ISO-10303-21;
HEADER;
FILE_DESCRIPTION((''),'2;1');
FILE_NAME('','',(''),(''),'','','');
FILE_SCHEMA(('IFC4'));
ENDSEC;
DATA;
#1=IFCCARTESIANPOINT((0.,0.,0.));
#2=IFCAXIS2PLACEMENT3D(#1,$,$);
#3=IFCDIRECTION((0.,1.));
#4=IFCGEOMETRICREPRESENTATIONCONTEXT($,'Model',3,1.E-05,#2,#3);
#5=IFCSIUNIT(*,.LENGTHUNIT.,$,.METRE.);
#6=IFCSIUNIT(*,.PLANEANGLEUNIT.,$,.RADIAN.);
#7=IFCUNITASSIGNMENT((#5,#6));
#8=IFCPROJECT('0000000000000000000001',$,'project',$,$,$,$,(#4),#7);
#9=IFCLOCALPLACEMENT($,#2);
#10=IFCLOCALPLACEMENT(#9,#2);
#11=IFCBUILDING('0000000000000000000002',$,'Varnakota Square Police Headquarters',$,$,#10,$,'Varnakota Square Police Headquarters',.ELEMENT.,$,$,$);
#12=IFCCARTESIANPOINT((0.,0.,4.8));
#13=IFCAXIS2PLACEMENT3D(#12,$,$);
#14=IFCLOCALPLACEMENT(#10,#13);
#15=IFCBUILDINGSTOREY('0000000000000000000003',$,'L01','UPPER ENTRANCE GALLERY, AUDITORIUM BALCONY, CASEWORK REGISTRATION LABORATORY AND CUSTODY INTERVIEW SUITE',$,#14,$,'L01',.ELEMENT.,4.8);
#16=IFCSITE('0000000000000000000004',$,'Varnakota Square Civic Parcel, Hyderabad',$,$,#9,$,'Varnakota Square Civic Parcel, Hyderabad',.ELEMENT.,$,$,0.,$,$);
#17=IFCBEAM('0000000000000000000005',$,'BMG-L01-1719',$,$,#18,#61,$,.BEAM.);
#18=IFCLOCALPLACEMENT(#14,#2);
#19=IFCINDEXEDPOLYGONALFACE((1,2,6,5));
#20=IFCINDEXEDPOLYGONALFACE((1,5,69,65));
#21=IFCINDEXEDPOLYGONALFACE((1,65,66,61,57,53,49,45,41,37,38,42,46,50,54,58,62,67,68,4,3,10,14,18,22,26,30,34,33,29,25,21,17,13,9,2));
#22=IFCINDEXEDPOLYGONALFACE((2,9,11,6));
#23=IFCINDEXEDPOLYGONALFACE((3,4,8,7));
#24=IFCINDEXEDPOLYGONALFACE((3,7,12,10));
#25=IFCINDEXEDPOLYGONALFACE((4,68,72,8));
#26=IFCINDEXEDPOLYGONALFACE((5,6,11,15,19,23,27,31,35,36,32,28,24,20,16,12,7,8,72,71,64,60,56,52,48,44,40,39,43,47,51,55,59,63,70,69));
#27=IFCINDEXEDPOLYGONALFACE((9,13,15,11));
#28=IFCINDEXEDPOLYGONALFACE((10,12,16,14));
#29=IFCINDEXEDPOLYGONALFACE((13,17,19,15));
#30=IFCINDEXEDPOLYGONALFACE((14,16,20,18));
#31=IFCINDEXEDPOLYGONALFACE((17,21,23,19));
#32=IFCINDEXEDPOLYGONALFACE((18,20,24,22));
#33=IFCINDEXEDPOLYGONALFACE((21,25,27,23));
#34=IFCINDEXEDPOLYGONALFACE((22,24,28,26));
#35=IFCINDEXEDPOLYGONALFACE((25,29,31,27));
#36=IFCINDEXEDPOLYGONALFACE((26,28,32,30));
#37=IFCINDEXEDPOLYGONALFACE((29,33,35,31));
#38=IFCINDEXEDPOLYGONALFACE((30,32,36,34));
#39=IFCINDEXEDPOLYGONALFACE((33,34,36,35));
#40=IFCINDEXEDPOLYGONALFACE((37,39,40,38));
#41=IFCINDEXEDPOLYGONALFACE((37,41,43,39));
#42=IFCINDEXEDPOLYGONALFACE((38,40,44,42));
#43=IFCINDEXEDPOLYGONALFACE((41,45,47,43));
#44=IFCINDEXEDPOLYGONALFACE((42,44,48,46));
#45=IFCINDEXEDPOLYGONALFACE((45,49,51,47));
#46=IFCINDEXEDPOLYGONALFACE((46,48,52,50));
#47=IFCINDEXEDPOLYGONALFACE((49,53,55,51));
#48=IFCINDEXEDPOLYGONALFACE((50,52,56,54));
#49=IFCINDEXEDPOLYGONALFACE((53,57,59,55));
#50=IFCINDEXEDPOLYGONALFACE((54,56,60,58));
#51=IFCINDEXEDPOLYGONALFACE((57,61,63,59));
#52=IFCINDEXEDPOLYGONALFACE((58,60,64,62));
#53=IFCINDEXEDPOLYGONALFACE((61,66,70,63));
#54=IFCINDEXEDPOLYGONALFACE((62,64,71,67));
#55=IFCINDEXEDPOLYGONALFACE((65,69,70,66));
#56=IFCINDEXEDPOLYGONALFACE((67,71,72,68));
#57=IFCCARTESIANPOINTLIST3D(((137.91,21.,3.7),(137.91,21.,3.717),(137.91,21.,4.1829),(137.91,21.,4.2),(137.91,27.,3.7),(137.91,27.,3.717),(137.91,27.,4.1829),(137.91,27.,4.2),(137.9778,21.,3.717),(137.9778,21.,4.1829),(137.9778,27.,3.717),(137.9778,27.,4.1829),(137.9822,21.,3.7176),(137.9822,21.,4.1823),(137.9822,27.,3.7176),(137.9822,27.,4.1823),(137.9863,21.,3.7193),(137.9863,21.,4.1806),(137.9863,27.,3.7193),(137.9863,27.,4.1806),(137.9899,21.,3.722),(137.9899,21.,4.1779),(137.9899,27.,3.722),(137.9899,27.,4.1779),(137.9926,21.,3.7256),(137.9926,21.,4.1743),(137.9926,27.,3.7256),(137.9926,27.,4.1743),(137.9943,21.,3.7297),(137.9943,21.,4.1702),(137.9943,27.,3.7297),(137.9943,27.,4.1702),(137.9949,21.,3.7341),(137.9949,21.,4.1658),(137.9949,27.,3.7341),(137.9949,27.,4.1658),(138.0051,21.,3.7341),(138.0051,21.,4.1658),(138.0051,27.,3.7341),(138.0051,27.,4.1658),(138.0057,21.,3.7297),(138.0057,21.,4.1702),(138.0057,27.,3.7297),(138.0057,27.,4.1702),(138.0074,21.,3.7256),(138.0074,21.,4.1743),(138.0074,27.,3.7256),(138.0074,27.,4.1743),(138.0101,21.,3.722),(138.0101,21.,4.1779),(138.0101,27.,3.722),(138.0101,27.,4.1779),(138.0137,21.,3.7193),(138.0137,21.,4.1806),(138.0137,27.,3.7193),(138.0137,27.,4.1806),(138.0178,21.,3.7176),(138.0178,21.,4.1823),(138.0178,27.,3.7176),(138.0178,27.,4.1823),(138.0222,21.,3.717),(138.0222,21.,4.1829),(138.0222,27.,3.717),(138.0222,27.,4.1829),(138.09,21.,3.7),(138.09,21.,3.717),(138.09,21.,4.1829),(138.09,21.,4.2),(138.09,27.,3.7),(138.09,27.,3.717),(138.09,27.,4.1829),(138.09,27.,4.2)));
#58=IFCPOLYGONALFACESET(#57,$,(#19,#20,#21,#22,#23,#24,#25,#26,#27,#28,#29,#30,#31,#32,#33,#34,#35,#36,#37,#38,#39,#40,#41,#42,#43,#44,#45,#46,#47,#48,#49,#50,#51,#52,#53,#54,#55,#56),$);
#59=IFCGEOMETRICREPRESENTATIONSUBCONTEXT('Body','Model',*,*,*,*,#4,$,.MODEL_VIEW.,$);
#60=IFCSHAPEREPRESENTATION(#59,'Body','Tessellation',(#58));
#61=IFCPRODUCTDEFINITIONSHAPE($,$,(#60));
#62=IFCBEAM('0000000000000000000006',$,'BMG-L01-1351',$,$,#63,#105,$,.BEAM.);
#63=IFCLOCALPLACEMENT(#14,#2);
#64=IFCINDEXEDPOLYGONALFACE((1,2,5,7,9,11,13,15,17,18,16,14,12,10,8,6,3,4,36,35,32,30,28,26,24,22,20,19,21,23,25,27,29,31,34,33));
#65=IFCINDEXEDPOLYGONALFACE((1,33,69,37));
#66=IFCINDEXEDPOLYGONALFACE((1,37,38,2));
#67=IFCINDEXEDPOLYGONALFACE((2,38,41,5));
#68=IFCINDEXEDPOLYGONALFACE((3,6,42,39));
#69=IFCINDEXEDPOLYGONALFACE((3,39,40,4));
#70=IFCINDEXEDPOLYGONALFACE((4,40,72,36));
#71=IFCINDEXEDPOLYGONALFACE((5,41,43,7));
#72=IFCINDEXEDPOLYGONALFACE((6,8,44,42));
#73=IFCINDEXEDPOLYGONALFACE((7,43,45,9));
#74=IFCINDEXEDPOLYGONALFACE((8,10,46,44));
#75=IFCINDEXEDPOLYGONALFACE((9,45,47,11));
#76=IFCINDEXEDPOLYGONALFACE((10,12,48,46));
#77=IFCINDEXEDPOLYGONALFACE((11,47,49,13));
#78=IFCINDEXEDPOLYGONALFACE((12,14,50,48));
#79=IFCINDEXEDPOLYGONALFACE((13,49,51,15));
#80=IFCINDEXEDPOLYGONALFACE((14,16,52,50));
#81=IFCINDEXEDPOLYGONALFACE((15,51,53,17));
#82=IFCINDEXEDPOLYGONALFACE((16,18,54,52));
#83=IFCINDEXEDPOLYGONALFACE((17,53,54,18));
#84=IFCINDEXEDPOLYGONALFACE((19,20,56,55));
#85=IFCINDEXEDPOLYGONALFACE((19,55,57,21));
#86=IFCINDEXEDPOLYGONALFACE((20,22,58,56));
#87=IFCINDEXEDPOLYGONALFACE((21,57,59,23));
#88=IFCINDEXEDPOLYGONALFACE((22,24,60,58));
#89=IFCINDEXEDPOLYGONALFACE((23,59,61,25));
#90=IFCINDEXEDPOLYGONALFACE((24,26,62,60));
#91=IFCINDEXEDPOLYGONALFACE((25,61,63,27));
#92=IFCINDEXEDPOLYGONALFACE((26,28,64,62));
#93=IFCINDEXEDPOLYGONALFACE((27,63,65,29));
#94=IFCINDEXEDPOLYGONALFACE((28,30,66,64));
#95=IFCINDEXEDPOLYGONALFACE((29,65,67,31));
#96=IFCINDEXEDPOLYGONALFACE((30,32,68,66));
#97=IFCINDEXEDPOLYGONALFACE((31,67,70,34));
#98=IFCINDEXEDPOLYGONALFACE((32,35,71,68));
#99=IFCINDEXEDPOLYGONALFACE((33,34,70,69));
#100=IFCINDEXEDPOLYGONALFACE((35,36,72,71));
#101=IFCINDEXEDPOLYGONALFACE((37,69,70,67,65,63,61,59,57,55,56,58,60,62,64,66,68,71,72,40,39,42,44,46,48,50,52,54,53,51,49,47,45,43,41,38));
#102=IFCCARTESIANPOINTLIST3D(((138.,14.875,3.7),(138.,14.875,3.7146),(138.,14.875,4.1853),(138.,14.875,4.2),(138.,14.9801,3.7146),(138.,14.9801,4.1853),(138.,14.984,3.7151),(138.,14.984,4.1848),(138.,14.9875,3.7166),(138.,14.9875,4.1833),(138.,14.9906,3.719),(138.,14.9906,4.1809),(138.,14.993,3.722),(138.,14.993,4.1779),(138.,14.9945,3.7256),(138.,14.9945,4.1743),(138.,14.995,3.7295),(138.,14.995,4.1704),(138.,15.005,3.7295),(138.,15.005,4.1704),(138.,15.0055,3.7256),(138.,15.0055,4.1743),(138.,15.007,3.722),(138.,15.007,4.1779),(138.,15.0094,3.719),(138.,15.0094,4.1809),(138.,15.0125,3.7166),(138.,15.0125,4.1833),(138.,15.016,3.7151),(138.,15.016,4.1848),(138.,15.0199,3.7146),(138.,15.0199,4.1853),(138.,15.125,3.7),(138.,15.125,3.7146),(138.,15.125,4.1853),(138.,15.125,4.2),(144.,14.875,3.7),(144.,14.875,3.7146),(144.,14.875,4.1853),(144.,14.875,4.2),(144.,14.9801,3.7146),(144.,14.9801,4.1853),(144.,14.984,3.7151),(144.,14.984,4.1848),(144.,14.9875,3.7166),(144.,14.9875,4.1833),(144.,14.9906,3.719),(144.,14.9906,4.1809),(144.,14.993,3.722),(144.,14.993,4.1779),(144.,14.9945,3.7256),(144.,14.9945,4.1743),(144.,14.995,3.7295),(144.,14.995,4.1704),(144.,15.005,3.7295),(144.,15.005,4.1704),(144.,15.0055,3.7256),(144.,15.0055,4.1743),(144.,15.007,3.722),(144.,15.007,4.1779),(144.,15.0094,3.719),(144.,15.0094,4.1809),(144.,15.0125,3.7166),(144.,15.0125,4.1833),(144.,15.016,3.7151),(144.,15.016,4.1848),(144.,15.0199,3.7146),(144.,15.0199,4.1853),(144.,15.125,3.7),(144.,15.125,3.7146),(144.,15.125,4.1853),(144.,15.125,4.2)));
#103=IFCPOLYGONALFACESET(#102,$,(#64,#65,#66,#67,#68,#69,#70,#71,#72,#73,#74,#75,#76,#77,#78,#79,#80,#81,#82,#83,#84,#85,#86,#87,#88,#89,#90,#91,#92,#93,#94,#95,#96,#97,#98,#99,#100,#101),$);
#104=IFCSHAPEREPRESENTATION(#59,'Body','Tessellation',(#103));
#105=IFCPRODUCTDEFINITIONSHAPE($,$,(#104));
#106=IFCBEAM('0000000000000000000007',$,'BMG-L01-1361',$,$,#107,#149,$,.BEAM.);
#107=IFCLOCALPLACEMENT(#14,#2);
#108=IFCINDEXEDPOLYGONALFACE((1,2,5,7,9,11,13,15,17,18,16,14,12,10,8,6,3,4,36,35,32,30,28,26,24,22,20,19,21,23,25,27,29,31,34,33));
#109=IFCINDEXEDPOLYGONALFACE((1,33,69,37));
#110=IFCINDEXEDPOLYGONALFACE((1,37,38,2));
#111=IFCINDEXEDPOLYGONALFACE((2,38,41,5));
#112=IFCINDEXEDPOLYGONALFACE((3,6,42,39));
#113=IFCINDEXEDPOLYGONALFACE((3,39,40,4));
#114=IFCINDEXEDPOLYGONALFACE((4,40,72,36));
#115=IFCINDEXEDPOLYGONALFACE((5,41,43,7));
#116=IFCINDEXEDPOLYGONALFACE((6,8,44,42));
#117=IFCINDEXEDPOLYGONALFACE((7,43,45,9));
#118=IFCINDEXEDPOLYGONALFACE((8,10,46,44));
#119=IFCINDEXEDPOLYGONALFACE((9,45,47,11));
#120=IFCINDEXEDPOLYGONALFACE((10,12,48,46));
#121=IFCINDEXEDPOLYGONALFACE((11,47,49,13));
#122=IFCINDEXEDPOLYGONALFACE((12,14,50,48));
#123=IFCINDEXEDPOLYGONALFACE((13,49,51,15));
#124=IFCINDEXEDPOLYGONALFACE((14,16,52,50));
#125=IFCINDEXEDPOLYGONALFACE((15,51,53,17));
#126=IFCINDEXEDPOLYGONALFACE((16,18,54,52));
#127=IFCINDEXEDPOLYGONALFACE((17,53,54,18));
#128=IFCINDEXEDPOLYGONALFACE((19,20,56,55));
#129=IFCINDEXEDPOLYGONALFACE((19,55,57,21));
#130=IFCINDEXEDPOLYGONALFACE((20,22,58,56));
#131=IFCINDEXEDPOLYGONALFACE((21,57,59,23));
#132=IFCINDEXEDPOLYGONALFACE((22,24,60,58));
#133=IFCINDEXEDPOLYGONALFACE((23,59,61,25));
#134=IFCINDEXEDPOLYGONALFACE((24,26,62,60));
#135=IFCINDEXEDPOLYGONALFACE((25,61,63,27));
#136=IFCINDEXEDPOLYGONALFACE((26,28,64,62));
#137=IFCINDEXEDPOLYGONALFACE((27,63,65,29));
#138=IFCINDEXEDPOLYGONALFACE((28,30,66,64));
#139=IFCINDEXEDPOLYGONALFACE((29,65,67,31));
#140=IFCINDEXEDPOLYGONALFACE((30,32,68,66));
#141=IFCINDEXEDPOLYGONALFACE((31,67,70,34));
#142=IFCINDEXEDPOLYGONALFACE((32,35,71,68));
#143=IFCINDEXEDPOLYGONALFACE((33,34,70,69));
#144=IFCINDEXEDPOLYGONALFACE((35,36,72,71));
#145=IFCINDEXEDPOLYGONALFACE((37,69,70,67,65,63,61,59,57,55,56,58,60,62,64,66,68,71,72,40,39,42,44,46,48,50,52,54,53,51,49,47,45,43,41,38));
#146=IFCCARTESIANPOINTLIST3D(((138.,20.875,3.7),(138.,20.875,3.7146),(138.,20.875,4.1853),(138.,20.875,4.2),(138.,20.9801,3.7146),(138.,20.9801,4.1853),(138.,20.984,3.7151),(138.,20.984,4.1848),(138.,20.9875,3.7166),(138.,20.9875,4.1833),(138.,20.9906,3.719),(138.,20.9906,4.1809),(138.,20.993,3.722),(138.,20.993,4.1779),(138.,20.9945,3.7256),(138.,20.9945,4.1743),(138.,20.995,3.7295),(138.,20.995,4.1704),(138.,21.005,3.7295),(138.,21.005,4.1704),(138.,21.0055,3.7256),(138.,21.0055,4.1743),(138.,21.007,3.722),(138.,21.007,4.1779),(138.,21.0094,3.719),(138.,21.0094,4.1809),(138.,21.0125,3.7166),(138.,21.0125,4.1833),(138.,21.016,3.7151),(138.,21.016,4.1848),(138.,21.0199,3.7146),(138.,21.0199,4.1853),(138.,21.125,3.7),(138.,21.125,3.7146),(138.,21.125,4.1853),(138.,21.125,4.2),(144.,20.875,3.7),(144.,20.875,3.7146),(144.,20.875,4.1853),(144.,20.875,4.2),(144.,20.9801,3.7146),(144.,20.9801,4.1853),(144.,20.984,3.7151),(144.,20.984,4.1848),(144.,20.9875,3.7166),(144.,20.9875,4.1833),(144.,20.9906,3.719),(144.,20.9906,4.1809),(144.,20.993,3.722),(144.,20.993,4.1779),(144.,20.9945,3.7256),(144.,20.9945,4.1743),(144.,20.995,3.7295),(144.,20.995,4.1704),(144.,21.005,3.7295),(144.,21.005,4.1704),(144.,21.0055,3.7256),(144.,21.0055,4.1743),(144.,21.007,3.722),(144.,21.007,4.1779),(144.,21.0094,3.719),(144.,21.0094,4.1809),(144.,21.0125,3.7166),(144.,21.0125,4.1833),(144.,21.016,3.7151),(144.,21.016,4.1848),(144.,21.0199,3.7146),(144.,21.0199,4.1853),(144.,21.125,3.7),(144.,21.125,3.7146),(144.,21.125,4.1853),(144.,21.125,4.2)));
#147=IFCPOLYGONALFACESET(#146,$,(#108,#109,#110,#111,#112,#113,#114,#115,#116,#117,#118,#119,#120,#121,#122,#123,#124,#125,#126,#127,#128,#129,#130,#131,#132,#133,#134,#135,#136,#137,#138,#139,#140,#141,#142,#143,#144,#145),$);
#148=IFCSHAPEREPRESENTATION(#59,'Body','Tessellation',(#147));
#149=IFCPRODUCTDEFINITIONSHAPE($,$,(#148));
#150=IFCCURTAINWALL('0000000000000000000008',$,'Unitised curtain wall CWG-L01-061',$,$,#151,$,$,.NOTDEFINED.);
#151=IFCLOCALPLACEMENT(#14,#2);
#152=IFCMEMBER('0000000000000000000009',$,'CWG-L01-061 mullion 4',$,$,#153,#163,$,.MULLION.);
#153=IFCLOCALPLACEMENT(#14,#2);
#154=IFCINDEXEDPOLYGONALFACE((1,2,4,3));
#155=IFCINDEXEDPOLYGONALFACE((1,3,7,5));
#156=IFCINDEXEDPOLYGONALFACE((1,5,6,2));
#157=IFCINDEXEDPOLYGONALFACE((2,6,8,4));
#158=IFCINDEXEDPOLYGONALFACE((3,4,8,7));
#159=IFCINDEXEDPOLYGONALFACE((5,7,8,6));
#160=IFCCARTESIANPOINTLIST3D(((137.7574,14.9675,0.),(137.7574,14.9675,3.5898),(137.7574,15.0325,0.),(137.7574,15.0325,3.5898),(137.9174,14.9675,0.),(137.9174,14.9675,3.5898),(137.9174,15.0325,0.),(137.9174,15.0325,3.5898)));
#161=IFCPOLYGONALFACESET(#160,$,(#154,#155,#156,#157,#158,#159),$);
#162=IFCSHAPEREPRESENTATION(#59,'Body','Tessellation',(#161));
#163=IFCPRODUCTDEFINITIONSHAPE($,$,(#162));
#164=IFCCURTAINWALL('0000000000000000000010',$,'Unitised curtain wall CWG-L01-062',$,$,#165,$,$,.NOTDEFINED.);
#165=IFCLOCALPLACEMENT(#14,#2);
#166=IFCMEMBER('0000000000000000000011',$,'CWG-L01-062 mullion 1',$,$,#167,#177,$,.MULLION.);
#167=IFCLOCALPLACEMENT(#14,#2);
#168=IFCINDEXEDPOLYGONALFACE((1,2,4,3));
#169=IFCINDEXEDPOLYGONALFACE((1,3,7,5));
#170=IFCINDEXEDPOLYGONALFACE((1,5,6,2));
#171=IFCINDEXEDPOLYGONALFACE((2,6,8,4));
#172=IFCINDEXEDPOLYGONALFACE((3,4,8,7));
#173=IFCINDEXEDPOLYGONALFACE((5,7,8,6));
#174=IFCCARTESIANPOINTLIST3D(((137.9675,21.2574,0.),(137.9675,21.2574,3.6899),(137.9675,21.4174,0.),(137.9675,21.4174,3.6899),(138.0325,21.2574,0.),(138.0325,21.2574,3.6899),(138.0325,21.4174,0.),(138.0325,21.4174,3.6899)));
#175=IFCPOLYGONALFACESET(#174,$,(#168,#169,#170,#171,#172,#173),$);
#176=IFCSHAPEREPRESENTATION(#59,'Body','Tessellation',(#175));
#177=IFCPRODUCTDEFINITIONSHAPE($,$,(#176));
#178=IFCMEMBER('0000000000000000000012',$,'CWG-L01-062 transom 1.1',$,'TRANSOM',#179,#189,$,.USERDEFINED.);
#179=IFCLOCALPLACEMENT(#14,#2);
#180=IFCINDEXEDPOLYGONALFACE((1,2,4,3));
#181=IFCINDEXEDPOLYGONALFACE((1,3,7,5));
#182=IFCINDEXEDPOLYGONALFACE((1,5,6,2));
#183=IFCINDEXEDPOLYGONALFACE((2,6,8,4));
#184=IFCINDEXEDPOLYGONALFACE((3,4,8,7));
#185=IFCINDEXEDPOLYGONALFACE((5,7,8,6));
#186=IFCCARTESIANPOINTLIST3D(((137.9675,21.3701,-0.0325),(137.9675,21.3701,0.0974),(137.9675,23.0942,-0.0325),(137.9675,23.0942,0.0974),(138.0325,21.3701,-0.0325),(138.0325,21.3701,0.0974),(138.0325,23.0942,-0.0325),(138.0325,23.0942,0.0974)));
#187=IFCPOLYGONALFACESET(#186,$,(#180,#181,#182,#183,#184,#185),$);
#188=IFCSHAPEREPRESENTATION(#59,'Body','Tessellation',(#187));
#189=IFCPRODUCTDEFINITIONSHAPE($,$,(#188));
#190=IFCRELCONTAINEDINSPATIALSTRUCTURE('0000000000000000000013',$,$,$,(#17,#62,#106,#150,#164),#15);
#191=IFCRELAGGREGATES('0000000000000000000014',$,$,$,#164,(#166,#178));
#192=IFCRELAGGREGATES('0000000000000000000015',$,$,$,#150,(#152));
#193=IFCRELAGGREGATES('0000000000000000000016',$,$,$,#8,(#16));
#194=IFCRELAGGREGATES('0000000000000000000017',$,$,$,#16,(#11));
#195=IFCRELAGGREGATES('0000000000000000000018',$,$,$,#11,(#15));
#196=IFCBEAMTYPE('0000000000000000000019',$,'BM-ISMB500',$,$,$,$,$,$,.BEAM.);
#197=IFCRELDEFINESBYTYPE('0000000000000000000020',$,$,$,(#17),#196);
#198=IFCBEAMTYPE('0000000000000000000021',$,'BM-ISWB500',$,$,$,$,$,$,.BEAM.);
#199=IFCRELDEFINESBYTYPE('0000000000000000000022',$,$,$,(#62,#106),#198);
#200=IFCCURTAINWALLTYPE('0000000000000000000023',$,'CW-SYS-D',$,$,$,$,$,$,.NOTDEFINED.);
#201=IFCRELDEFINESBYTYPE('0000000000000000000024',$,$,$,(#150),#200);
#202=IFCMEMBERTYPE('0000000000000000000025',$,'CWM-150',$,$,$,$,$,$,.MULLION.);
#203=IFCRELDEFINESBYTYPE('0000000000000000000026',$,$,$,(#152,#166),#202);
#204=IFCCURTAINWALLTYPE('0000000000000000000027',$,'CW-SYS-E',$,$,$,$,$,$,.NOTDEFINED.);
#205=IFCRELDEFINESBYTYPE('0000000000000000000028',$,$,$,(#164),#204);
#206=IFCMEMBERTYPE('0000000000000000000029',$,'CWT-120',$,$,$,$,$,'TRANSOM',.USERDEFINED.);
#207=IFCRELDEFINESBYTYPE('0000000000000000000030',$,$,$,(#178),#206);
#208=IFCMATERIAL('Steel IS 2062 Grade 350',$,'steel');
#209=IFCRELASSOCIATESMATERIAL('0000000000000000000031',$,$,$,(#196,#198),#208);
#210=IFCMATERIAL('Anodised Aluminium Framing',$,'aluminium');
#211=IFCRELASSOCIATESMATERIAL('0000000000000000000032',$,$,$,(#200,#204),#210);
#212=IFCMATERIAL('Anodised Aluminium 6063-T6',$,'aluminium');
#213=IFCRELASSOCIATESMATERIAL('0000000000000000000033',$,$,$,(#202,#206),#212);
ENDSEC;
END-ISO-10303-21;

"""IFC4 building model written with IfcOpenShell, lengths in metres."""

from ifc_helpers import new_model, si_unit, direction, frame, origin, origin_2d, place, context, subcontext, project, spatial, rectangle, i_section, extrude, material, material_profile, profile_set, type_object, element, aggregate, save


model = new_model("IFC4")

# Units and contexts
model_context = context("Model", 3, precision=1e-05, world=origin(), true_north=direction((0.0, 1.0)))
body_context = subcontext(model_context, "Body", "Model", "MODEL_VIEW")
ifc_project = project(units=[si_unit("LENGTHUNIT", "METRE"), si_unit("PLANEANGLEUNIT", "RADIAN")], contexts=[model_context])

# Site, building, storey
site_placement = place(None, origin())
site = spatial("IfcSite", under=ifc_project, at=site_placement, Name="Varnakota Square Civic Parcel, Hyderabad", LongName="Varnakota Square Civic Parcel, Hyderabad", CompositionType="ELEMENT", RefElevation=0.0)
building_placement = place(site_placement, origin())
building = spatial("IfcBuilding", under=site, at=building_placement, Name="Varnakota Square Police Headquarters", LongName="Varnakota Square Police Headquarters", CompositionType="ELEMENT")
storey_placement = place(building_placement, frame((0.0, 0.0, 4.8)))
storey = spatial("IfcBuildingStorey", under=building, at=storey_placement, Name="L01", Description="UPPER ENTRANCE GALLERY, AUDITORIUM BALCONY, CASEWORK REGISTRATION LABORATORY AND CUSTODY INTERVIEW SUITE", LongName="L01", CompositionType="ELEMENT", Elevation=4.8)

# Shared definitions
ifc_material_1 = material(Name="Steel IS 2062 Grade 350", Category="steel")

# Beams
ifc_material_profile_1 = material_profile(ifc_material_1, i_section(OverallWidth=0.1799, OverallDepth=0.5, WebThickness=0.0103, FlangeThickness=0.0171, FilletRadius=0.0171, at=origin_2d()), Name="ISMB 500")
ifc_profile_set_1 = profile_set([ifc_material_profile_1], Name="Steel IS 2062 Grade 350")
beam_type_1 = type_object("IfcBeamType", Name="BM-ISMB500", PredefinedType="BEAM", material=ifc_profile_set_1)
beam_1_placement = place(storey_placement, frame((138.0, 21.0, 3.95), z_axis=(0.0, 1.0, 0.0), x_axis=(-1.0, 0.0, 0.0)))
element("IfcBeam", 1, at=beam_1_placement, inside=storey, type_object=beam_type_1, Name="BMG-L01-1719", PredefinedType="BEAM", context=body_context, shape_type="SweptSolid", body=[
    extrude(i_section(OverallWidth=0.1799, OverallDepth=0.5, WebThickness=0.0103, FlangeThickness=0.0171, FilletRadius=0.0171, at=origin_2d()), origin(), (0.0, 0.0, 1.0), 6.0),
])
ifc_material_profile_2 = material_profile(ifc_material_1, i_section(OverallWidth=0.25, OverallDepth=0.5, WebThickness=0.01, FlangeThickness=0.0146, FilletRadius=0.0149, at=origin_2d()), Name="ISWB 500")
ifc_profile_set_2 = profile_set([ifc_material_profile_2], Name="Steel IS 2062 Grade 350")
beam_type_2 = type_object("IfcBeamType", Name="BM-ISWB500", PredefinedType="BEAM", material=ifc_profile_set_2)
for number, where, z_axis, x_axis, name in (
    (2, (138.0, 15.0, 3.95), (1.0, 0.0, 0.0), (0.0, 1.0, 0.0), "BMG-L01-1351"),
    (3, (138.0, 21.0, 3.95), (1.0, 0.0, 0.0), (0.0, 1.0, 0.0), "BMG-L01-1361"),
):
    element("IfcBeam", number, at=place(storey_placement, frame(where, z_axis=z_axis, x_axis=x_axis)), inside=storey, type_object=beam_type_2, Name=name, PredefinedType="BEAM", context=body_context, shape_type="SweptSolid", body=[
        extrude(i_section(OverallWidth=0.25, OverallDepth=0.5, WebThickness=0.01, FlangeThickness=0.0146, FilletRadius=0.0149, at=origin_2d()), origin(), (0.0, 0.0, 1.0), 6.0),
    ])

# Curtain wall, member
ifc_material_2 = material(Name="Anodised Aluminium Framing", Category="aluminium")
curtain_wall_type_1 = type_object("IfcCurtainWallType", Name="CW-SYS-D", PredefinedType="NOTDEFINED", material=ifc_material_2)
curtain_wall_1_placement = place(storey_placement, origin())
curtain_wall_1 = element("IfcCurtainWall", 4, at=curtain_wall_1_placement, inside=storey, type_object=curtain_wall_type_1, Name="Unitised curtain wall CWG-L01-061", PredefinedType="NOTDEFINED")
ifc_material_3 = material(Name="Anodised Aluminium 6063-T6", Category="aluminium")
ifc_material_profile_3 = material_profile(ifc_material_3, rectangle(XDim=0.0649, YDim=0.1599, at=origin_2d()), Name="ALU MULLION 65x160")
ifc_profile_set_3 = profile_set([ifc_material_profile_3], Name="Anodised Aluminium 6063-T6")
member_type_1 = type_object("IfcMemberType", Name="CWM-150", PredefinedType="MULLION", material=ifc_profile_set_3)
member_1_placement = place(storey_placement, frame((137.8374, 15.0, 0.0), z_axis=(0.0, 0.0, 1.0), x_axis=(0.0, 1.0, 0.0)))
member_1 = element("IfcMember", 5, at=member_1_placement, type_object=member_type_1, Name="CWG-L01-061 mullion 4", PredefinedType="MULLION", context=body_context, shape_type="SweptSolid", body=[
    extrude(rectangle(XDim=0.0649, YDim=0.1599, at=origin_2d()), origin(), (0.0, 0.0, 1.0), 3.5898),
])

# Curtain wall, members
curtain_wall_type_2 = type_object("IfcCurtainWallType", Name="CW-SYS-E", PredefinedType="NOTDEFINED", material=ifc_material_2)
curtain_wall_2_placement = place(storey_placement, origin())
curtain_wall_2 = element("IfcCurtainWall", 6, at=curtain_wall_2_placement, inside=storey, type_object=curtain_wall_type_2, Name="Unitised curtain wall CWG-L01-062", PredefinedType="NOTDEFINED")
member_2_placement = place(storey_placement, frame((138.0, 21.3374, 0.0), z_axis=(0.0, 0.0, 1.0), x_axis=(-1.0, 0.0, 0.0)))
member_2 = element("IfcMember", 7, at=member_2_placement, type_object=member_type_1, Name="CWG-L01-062 mullion 1", PredefinedType="MULLION", context=body_context, shape_type="SweptSolid", body=[
    extrude(rectangle(XDim=0.0649, YDim=0.1599, at=origin_2d()), origin(), (0.0, 0.0, 1.0), 3.6899),
])
ifc_material_profile_4 = material_profile(ifc_material_3, rectangle(XDim=0.0649, YDim=0.1299, at=origin_2d()), Name="ALU TRANSOM 65x130")
ifc_profile_set_4 = profile_set([ifc_material_profile_4], Name="Anodised Aluminium 6063-T6")
member_type_2 = type_object("IfcMemberType", Name="CWT-120", ElementType="TRANSOM", PredefinedType="USERDEFINED", material=ifc_profile_set_4)
member_3_placement = place(storey_placement, frame((138.0, 21.3701, 0.0325), z_axis=(0.0, 1.0, 0.0), x_axis=(-1.0, 0.0, 0.0)))
member_3 = element("IfcMember", 8, at=member_3_placement, type_object=member_type_2, Name="CWG-L01-062 transom 1.1", ObjectType="TRANSOM", PredefinedType="USERDEFINED", context=body_context, shape_type="SweptSolid", body=[
    extrude(rectangle(XDim=0.0649, YDim=0.1299, at=origin_2d()), origin(), (0.0, 0.0, 1.0), 1.7241),
])
aggregate(curtain_wall_2, [member_2, member_3])

aggregate(curtain_wall_1, [member_1])

save(model, "model.ifc")
